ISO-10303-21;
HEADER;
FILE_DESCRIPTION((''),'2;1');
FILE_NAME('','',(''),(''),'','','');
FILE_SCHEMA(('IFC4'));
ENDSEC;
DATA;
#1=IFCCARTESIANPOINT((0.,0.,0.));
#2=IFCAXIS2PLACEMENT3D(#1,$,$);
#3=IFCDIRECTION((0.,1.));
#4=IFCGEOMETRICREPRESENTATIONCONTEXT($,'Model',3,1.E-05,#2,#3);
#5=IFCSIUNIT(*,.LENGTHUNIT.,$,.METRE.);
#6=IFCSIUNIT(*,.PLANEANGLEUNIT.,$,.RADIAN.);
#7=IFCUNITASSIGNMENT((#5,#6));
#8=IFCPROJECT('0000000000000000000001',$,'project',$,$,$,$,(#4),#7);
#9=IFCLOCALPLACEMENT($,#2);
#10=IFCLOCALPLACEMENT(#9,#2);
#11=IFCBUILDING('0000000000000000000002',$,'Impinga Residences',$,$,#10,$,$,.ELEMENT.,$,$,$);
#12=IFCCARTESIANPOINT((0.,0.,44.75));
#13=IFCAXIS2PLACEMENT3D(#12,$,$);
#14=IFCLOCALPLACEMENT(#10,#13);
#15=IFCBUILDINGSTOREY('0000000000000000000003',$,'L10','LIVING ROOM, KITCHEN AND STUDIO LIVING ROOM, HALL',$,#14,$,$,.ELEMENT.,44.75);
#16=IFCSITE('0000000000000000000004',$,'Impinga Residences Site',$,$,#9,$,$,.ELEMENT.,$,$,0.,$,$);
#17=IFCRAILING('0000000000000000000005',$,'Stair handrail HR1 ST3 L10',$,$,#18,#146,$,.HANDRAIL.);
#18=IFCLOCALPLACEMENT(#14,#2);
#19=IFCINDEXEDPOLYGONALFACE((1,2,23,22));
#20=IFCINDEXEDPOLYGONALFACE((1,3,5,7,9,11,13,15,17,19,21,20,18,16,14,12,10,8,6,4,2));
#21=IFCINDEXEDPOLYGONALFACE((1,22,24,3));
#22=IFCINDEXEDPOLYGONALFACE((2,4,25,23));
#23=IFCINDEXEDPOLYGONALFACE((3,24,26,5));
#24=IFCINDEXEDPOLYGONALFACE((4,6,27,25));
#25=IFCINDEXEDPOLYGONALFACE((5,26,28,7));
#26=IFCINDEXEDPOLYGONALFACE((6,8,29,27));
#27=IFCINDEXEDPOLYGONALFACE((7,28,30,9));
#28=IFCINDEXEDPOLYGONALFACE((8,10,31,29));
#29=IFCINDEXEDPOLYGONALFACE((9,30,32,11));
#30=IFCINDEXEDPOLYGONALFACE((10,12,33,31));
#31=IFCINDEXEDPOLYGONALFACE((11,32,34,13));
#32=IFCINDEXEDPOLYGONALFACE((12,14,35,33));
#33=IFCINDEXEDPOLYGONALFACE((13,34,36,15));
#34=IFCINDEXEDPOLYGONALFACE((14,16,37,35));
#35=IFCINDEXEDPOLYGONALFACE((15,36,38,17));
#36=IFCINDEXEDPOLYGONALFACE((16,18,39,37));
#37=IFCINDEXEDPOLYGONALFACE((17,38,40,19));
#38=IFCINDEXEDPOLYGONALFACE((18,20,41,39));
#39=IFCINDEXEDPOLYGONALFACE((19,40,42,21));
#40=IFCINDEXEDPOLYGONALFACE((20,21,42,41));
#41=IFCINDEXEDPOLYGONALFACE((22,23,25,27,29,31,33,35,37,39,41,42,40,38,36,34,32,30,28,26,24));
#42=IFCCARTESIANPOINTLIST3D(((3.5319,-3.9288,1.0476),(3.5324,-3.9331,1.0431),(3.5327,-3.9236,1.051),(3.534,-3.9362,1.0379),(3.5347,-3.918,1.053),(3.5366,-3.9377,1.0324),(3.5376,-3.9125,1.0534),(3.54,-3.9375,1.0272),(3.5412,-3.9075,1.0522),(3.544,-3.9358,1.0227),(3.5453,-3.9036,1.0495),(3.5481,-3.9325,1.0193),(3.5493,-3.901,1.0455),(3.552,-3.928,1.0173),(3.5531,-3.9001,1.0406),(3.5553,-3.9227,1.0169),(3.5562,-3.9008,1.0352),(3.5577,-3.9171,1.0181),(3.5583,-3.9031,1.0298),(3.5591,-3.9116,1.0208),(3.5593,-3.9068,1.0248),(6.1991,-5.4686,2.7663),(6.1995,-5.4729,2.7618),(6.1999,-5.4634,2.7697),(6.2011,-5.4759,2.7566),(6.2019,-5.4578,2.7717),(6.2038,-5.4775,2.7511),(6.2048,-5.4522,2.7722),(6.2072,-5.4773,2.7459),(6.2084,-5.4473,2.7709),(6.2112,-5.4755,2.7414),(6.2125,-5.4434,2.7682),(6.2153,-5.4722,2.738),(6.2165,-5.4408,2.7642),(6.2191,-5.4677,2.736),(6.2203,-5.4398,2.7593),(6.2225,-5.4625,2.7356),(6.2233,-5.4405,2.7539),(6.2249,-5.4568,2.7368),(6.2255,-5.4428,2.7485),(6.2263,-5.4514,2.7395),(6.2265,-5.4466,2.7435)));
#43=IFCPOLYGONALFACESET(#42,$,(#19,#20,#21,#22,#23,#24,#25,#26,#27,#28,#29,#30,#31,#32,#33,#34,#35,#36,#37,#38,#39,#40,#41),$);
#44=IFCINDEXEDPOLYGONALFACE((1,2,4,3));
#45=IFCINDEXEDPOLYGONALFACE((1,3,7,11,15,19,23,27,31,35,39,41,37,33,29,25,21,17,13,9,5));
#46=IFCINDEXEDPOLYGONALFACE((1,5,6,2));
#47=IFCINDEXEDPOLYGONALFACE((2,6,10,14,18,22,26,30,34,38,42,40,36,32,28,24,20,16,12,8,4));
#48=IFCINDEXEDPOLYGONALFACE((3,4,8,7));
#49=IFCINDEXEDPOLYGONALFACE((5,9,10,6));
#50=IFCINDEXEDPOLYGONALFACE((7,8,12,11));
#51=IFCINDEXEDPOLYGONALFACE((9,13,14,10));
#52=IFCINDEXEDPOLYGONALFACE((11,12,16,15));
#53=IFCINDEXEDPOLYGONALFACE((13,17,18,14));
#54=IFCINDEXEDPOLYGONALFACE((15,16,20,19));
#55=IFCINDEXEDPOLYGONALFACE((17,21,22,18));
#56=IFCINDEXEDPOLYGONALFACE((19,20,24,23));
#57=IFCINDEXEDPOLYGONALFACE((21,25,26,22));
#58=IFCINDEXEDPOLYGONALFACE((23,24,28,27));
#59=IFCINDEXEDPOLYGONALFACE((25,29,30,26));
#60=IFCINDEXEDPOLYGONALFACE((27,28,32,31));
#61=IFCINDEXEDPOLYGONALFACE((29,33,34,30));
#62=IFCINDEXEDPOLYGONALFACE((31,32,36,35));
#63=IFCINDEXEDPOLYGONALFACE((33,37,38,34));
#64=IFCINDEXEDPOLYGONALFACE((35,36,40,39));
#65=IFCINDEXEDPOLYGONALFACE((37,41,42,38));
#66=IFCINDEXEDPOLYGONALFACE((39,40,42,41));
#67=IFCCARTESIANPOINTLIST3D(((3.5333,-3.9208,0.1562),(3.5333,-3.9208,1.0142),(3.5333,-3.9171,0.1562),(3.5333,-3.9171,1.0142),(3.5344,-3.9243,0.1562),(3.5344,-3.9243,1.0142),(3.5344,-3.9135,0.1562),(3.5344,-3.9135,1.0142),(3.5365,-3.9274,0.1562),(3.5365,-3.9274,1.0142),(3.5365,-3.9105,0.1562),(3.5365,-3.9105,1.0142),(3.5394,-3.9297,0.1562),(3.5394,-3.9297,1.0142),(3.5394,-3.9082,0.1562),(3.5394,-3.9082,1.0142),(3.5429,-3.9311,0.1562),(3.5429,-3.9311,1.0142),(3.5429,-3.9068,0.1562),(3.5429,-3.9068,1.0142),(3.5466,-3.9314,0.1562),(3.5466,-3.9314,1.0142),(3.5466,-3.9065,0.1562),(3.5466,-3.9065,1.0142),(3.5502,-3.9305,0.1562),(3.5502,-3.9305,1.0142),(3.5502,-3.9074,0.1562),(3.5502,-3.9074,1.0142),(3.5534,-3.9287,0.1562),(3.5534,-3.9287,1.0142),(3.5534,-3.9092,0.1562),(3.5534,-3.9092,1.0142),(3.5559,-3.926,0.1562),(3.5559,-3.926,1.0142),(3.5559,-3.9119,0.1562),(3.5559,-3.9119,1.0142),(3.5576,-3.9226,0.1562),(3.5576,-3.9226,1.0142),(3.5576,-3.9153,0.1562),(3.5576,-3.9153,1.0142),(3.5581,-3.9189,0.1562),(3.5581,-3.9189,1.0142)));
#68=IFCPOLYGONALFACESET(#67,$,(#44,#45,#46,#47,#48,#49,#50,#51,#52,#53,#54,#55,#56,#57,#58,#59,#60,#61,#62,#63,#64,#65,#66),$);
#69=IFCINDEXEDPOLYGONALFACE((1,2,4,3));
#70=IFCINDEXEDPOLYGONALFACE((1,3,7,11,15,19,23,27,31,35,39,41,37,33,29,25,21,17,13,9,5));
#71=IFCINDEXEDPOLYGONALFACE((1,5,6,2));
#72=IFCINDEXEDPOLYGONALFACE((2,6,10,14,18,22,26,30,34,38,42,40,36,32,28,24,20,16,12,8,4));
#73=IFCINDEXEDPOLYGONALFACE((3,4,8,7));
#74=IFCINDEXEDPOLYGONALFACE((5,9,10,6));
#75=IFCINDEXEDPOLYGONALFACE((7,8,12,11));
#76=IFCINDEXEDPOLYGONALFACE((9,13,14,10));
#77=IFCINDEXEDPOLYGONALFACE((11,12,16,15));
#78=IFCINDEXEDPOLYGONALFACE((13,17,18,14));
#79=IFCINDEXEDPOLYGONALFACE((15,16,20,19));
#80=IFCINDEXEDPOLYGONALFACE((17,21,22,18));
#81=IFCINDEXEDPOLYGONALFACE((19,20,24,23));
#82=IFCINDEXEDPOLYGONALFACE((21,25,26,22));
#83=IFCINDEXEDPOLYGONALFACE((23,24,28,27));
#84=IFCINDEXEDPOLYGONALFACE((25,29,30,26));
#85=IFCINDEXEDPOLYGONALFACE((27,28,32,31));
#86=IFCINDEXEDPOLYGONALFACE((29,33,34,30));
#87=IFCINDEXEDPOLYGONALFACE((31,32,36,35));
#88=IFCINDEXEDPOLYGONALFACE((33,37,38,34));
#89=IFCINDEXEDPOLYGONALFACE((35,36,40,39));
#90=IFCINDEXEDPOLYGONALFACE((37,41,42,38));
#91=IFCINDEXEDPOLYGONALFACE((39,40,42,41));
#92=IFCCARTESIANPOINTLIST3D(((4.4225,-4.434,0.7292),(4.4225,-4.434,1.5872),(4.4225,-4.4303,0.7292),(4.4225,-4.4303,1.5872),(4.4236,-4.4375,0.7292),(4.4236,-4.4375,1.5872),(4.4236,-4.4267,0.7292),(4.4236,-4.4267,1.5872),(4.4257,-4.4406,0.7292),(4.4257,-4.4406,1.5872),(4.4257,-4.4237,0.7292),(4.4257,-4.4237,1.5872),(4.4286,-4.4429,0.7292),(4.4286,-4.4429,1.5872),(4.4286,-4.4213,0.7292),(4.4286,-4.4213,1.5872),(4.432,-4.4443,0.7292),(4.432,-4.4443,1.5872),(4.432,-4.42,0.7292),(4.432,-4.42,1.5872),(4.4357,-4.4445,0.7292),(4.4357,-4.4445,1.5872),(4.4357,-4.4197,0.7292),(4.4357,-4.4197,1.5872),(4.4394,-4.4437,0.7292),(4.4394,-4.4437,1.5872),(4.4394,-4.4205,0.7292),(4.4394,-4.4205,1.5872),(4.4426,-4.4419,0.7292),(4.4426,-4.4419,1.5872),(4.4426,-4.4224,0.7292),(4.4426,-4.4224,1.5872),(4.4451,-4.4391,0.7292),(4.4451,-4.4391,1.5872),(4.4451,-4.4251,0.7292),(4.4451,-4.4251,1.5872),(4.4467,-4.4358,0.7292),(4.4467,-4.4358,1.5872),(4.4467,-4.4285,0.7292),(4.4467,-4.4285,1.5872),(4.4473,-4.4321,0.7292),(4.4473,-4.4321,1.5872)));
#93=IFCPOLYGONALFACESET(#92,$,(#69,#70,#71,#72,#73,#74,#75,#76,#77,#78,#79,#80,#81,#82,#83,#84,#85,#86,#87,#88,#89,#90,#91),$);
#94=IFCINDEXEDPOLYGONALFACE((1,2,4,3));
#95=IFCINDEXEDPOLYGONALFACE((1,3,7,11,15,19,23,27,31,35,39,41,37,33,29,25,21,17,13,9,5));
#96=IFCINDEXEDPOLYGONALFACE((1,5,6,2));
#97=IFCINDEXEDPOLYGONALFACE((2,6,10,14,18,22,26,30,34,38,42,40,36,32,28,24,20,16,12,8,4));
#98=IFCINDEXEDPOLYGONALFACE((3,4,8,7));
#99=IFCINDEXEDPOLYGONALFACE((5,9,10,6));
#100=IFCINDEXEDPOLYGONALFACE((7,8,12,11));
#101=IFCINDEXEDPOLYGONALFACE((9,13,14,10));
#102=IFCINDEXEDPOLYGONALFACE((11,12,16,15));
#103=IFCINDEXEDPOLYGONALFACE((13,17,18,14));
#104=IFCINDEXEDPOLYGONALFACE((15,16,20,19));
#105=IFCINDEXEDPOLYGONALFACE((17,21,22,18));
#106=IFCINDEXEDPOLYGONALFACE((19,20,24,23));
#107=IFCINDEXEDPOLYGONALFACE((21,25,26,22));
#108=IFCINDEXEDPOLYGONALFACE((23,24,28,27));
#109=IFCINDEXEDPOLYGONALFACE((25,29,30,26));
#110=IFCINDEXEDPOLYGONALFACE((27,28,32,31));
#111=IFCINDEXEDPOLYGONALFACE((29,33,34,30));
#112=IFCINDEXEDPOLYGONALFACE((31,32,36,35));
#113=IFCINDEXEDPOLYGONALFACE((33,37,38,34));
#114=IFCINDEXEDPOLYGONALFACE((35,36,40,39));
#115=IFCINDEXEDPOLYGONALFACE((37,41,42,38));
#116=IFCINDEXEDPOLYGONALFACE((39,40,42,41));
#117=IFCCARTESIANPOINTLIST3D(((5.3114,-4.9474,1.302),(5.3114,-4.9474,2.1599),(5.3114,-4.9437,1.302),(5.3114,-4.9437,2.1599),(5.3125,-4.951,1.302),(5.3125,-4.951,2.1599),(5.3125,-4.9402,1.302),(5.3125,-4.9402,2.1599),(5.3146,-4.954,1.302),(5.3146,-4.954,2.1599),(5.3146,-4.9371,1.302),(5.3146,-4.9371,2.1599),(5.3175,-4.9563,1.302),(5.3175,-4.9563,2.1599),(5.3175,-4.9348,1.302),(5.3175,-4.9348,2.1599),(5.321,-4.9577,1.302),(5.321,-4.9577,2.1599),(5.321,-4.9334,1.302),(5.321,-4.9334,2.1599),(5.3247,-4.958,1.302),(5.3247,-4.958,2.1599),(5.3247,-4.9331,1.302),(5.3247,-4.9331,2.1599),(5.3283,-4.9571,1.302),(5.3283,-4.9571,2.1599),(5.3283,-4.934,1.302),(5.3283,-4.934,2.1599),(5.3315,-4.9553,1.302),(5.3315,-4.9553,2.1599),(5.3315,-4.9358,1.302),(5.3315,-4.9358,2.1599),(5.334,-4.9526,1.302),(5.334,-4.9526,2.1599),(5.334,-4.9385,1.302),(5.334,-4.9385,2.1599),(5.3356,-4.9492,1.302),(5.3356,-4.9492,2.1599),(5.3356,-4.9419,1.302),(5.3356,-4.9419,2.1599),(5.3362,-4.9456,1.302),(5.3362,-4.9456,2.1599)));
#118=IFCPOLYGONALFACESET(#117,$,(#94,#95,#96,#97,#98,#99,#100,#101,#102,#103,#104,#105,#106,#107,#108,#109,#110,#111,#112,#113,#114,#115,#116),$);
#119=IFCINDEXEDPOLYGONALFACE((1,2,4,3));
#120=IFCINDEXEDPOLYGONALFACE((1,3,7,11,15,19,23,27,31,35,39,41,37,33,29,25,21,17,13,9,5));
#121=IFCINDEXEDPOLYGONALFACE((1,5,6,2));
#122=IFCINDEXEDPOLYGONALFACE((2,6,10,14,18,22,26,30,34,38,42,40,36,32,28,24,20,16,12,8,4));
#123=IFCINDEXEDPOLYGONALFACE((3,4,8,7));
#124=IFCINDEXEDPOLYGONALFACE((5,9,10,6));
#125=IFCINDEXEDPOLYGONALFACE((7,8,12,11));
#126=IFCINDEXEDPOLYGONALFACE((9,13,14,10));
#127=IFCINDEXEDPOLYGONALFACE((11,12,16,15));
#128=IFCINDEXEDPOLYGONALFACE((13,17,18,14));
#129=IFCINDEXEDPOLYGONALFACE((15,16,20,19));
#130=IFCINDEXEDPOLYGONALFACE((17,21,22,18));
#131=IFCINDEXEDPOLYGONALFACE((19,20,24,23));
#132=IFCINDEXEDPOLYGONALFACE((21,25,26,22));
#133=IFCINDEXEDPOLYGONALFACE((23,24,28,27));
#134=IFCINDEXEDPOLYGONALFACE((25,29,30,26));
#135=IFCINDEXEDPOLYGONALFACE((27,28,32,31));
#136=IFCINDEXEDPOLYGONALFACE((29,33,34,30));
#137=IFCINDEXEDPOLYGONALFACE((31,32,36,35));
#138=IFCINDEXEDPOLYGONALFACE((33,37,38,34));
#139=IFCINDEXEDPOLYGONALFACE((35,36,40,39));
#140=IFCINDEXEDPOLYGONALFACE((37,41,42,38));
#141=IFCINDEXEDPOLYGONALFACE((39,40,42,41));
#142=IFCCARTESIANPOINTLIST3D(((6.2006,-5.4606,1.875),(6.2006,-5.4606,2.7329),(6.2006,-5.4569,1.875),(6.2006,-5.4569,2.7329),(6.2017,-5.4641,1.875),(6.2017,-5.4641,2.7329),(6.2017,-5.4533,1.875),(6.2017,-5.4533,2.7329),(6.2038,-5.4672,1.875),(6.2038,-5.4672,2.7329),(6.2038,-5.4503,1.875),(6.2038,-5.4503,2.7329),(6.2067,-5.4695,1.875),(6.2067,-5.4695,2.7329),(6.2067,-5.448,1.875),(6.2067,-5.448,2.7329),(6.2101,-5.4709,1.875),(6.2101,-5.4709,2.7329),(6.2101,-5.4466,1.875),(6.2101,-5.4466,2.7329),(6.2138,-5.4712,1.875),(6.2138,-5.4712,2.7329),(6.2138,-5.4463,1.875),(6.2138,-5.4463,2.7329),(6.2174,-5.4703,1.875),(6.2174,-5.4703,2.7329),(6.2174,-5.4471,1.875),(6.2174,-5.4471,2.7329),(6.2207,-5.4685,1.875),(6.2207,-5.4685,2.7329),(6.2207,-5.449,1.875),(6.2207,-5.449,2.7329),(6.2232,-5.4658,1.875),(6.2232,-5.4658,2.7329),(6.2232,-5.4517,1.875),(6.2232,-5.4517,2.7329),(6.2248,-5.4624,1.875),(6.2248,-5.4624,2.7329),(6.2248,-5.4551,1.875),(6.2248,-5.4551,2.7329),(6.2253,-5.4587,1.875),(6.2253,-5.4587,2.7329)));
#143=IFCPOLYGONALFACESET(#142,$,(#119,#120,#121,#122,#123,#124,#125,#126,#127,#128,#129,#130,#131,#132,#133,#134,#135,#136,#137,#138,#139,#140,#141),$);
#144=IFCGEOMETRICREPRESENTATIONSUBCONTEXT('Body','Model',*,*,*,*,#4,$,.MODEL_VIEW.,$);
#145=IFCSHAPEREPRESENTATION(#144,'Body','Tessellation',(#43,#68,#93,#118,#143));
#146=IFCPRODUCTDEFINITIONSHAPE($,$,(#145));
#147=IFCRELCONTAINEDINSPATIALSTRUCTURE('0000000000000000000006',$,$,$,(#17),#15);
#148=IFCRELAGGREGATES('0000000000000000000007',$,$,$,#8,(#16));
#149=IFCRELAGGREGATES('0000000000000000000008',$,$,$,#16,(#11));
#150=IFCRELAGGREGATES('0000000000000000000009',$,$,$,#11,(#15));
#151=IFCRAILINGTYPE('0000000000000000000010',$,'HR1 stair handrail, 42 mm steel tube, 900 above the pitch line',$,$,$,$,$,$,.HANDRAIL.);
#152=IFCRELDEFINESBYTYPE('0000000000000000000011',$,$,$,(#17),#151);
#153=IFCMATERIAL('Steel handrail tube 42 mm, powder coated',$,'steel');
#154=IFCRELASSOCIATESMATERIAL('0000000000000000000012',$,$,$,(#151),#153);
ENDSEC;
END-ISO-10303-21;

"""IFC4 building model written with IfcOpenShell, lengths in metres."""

from ifc_helpers import new_model, si_unit, direction, frame, origin, origin_2d, place, context, subcontext, project, spatial, circle, extrude, material, type_object, element, save


model = new_model("IFC4")

# Units and contexts
model_context = context("Model", 3, precision=1e-05, world=origin(), true_north=direction((0.0, 1.0)))
body_context = subcontext(model_context, "Body", "Model", "MODEL_VIEW")
ifc_project = project(units=[si_unit("LENGTHUNIT", "METRE"), si_unit("PLANEANGLEUNIT", "RADIAN")], contexts=[model_context])

# Site, building, storey
site_placement = place(None, origin())
site = spatial("IfcSite", under=ifc_project, at=site_placement, Name="Impinga Residences Site", CompositionType="ELEMENT", RefElevation=0.0)
building_placement = place(site_placement, origin())
building = spatial("IfcBuilding", under=site, at=building_placement, Name="Impinga Residences", CompositionType="ELEMENT")
storey_placement = place(building_placement, frame((0.0, 0.0, 44.75)))
storey = spatial("IfcBuildingStorey", under=building, at=storey_placement, Name="L10", Description="LIVING ROOM, KITCHEN AND STUDIO LIVING ROOM, HALL", CompositionType="ELEMENT", Elevation=44.75)

# Railing
ifc_material_1 = material(Name="Steel handrail tube 42 mm, powder coated", Category="steel")
railing_type_1 = type_object("IfcRailingType", Name="HR1 stair handrail, 42 mm steel tube, 900 above the pitch line", PredefinedType="HANDRAIL", material=ifc_material_1)
railing_1_placement = place(storey_placement, frame((3.5457, -3.9189, 0.1562)))
element("IfcRailing", 1, at=railing_1_placement, inside=storey, type_object=railing_type_1, Name="Stair handrail HR1 ST3 L10", PredefinedType="HANDRAIL", context=body_context, shape_type="SweptSolid", body=[
    extrude(circle(Radius=0.021, at=origin_2d()), frame((0.0, 0.0, 0.8789), z_axis=(0.756249, -0.436582, 0.487322), x_axis=(0.499967, 0.866044, 0.0)), (0.0, 0.0, 1.0), 3.5269),
    extrude(circle(Radius=0.0125, at=origin_2d()), origin(), (0.0, 0.0, 1.0), 0.8579),
    extrude(circle(Radius=0.0125, at=origin_2d()), frame((0.8892, -0.5132, 0.573)), (0.0, 0.0, 1.0), 0.8579),
    extrude(circle(Radius=0.0125, at=origin_2d()), frame((1.7781, -1.0266, 1.1458)), (0.0, 0.0, 1.0), 0.8579),
    extrude(circle(Radius=0.0125, at=origin_2d()), frame((2.6672, -1.5398, 1.7188)), (0.0, 0.0, 1.0), 0.8579),
])

save(model, "model.ifc")
